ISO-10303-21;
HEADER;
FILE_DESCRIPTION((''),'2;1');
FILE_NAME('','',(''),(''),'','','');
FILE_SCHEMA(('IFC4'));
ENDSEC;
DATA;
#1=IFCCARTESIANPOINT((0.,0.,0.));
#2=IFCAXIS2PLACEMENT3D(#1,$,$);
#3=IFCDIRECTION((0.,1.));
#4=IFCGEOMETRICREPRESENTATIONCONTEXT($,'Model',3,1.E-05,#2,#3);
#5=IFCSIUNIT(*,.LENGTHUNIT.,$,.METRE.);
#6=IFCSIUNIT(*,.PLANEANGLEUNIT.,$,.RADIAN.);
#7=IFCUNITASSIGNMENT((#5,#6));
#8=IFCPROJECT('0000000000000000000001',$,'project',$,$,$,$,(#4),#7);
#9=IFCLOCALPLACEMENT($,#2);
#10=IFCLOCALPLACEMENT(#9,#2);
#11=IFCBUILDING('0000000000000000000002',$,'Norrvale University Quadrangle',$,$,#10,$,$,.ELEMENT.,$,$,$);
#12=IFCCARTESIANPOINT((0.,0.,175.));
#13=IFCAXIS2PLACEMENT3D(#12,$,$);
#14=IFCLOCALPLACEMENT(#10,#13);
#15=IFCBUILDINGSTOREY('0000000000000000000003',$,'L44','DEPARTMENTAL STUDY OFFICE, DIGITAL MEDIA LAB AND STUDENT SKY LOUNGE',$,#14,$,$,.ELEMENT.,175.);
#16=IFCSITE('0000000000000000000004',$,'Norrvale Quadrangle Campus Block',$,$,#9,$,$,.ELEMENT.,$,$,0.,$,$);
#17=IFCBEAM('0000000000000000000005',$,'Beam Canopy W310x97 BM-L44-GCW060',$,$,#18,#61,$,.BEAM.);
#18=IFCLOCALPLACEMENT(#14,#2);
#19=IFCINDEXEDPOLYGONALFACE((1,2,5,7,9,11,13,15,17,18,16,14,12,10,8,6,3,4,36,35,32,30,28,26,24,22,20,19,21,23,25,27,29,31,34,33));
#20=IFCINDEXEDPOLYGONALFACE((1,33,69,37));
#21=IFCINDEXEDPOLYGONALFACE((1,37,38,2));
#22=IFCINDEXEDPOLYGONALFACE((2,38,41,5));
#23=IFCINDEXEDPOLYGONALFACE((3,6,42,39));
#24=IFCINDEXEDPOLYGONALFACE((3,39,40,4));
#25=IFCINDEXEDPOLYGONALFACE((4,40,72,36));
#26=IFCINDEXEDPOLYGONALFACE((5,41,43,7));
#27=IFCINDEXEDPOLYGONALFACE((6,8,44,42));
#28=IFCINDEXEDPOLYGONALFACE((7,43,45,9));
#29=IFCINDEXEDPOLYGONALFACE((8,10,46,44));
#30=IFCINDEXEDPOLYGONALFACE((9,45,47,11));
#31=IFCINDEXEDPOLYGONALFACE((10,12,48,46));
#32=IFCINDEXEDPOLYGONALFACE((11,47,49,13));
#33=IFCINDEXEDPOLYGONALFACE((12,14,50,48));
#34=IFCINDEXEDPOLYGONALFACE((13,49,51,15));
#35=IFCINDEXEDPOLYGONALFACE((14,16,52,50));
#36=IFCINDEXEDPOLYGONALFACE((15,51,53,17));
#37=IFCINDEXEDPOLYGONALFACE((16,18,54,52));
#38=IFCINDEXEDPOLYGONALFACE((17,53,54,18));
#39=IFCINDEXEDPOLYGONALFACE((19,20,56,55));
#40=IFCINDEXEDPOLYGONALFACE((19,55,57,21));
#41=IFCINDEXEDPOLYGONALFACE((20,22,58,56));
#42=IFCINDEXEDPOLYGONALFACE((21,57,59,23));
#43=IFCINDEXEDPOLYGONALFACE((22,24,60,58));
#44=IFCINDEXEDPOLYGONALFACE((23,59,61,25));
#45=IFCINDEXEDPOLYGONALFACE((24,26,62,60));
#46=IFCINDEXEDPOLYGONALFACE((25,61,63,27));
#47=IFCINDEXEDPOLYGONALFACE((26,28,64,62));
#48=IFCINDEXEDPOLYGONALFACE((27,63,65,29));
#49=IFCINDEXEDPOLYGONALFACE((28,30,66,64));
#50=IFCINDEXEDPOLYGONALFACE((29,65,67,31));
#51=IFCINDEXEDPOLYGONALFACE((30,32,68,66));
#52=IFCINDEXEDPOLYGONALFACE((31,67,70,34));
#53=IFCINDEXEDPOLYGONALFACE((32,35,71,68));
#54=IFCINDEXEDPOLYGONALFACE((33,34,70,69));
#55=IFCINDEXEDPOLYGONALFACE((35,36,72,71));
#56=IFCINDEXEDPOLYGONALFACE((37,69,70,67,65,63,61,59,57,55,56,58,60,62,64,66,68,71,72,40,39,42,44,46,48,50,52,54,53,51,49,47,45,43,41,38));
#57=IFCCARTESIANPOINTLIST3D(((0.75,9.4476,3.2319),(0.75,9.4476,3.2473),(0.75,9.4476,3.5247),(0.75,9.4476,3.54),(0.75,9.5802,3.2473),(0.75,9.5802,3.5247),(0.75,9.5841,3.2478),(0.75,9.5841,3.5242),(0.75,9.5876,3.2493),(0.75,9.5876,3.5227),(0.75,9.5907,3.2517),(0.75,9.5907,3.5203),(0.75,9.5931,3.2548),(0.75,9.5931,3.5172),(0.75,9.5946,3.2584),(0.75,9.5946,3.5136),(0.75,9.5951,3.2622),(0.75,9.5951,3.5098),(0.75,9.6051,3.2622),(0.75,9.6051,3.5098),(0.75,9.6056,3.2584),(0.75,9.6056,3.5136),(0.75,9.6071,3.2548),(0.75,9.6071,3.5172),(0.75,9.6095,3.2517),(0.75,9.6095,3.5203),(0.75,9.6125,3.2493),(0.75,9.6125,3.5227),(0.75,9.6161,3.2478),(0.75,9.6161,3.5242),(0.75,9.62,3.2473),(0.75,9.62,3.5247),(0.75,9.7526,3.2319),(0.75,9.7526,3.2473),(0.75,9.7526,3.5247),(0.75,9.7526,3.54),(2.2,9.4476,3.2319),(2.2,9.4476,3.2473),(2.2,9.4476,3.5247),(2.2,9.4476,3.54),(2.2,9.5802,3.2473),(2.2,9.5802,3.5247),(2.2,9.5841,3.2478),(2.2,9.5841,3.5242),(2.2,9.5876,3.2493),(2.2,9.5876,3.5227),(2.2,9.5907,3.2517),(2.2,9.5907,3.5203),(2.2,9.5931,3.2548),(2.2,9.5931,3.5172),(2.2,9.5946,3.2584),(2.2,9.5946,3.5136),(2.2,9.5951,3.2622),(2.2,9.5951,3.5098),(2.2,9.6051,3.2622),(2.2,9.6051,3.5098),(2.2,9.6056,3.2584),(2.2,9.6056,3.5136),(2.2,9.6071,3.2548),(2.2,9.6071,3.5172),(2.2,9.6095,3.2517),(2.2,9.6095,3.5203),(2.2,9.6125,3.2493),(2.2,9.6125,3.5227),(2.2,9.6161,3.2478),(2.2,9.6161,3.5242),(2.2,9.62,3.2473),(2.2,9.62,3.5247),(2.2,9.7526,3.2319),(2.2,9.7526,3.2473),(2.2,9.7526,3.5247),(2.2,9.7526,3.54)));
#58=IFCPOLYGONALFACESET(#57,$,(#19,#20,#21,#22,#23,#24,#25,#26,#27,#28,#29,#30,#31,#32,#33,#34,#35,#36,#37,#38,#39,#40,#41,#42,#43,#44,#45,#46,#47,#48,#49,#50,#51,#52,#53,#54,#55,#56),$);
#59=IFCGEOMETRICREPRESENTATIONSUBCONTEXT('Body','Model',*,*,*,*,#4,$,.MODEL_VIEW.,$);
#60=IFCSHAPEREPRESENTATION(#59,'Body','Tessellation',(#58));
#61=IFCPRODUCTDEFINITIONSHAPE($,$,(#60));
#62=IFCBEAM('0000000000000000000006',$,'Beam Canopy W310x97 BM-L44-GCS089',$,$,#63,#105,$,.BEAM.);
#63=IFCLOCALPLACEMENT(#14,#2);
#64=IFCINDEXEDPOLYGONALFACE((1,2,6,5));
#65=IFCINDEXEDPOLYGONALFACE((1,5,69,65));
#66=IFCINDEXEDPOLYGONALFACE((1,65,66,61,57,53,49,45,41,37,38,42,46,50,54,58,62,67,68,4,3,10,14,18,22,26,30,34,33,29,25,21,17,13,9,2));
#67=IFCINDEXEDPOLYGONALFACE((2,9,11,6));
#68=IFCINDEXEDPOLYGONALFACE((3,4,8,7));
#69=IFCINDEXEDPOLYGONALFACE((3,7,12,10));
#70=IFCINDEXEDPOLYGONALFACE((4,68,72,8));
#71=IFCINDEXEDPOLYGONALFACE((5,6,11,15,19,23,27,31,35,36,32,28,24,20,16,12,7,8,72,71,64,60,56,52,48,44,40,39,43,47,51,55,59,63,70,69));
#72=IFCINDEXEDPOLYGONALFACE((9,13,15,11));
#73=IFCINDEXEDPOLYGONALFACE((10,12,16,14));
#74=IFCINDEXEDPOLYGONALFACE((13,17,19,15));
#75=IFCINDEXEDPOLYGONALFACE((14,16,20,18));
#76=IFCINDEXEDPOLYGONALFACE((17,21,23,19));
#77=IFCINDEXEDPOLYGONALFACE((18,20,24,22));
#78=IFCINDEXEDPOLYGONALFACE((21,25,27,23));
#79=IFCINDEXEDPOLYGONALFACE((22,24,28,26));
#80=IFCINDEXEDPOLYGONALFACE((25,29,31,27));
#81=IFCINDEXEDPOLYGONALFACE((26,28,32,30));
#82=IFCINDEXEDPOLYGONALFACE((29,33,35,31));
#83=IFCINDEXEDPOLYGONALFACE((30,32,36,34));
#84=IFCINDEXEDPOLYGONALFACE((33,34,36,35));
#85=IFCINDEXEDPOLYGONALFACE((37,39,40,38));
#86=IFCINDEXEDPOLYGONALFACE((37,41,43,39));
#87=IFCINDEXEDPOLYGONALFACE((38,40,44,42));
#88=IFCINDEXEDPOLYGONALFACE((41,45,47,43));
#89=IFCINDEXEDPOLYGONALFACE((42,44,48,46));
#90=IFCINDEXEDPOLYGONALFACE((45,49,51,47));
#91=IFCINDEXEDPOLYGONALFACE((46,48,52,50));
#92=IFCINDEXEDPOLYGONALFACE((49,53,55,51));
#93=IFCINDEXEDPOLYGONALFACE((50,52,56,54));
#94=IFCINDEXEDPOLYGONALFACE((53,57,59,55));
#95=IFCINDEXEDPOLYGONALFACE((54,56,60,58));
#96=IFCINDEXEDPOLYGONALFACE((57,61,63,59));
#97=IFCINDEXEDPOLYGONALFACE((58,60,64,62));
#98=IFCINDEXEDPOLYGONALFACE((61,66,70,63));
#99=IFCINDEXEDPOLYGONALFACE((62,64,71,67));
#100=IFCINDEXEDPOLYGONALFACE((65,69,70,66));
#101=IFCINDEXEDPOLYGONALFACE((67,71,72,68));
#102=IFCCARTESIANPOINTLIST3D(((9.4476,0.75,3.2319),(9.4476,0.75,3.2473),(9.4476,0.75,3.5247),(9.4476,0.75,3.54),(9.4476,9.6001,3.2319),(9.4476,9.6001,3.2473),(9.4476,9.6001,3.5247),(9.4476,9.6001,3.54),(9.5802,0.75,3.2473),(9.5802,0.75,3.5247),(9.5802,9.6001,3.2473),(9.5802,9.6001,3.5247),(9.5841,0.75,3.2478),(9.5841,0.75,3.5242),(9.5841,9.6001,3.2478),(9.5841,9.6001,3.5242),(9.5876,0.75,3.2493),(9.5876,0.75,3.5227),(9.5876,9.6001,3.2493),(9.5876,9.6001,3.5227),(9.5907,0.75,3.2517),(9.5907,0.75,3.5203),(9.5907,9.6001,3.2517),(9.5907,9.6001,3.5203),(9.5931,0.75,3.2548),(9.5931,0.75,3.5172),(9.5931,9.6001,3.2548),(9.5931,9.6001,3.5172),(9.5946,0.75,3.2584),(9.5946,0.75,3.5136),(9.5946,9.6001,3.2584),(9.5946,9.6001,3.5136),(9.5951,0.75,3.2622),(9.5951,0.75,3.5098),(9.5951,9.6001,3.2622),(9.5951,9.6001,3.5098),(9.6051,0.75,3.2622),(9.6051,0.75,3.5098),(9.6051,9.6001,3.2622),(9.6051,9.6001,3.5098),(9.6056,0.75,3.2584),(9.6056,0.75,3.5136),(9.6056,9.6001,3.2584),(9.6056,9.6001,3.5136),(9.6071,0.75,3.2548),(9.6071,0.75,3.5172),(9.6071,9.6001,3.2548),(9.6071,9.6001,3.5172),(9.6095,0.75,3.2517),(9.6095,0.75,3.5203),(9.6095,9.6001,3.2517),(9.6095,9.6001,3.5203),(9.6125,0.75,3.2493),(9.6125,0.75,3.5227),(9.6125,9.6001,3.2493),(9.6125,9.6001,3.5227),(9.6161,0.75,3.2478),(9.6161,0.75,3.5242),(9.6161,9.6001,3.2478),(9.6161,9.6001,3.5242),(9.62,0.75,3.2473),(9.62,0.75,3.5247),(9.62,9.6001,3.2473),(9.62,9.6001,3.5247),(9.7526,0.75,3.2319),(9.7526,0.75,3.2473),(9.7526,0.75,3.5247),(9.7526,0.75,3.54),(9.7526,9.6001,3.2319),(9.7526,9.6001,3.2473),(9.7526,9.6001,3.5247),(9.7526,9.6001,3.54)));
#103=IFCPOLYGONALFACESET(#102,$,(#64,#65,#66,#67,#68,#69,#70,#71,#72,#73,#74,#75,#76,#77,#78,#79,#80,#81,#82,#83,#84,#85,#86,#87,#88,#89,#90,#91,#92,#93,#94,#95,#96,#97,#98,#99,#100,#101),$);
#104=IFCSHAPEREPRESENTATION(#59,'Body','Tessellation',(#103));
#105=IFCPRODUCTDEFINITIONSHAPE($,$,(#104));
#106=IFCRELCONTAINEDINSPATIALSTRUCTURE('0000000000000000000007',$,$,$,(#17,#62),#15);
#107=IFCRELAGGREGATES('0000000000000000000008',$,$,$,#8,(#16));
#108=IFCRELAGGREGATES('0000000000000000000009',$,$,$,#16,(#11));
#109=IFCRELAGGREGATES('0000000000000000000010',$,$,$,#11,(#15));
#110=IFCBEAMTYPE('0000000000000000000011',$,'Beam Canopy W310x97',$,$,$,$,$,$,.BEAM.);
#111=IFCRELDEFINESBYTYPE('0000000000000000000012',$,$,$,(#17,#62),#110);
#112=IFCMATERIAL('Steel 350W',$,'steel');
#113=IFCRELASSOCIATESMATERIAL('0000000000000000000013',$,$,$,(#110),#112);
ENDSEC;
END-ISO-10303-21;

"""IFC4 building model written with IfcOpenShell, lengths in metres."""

from ifc_helpers import new_model, si_unit, direction, frame, origin, origin_2d, place, context, subcontext, project, spatial, i_section, extrude, material, material_profile, profile_set, type_object, element, save


model = new_model("IFC4")

# Units and contexts
model_context = context("Model", 3, precision=1e-05, world=origin(), true_north=direction((0.0, 1.0)))
body_context = subcontext(model_context, "Body", "Model", "MODEL_VIEW")
ifc_project = project(units=[si_unit("LENGTHUNIT", "METRE"), si_unit("PLANEANGLEUNIT", "RADIAN")], contexts=[model_context])

# Site, building, storey
site_placement = place(None, origin())
site = spatial("IfcSite", under=ifc_project, at=site_placement, Name="Norrvale Quadrangle Campus Block", CompositionType="ELEMENT", RefElevation=0.0)
building_placement = place(site_placement, origin())
building = spatial("IfcBuilding", under=site, at=building_placement, Name="Norrvale University Quadrangle", CompositionType="ELEMENT")
storey_placement = place(building_placement, frame((0.0, 0.0, 175.0)))
storey = spatial("IfcBuildingStorey", under=building, at=storey_placement, Name="L44", Description="DEPARTMENTAL STUDY OFFICE, DIGITAL MEDIA LAB AND STUDENT SKY LOUNGE", CompositionType="ELEMENT", Elevation=175.0)

# Beams
ifc_material_1 = material(Name="Steel 350W", Category="steel")
ifc_material_profile_1 = material_profile(ifc_material_1, i_section(OverallWidth=0.3049, OverallDepth=0.3081, WebThickness=0.01, FlangeThickness=0.0154, FilletRadius=0.0149, at=origin_2d()), Name="Steel 350W")
ifc_profile_set_1 = profile_set([ifc_material_profile_1], Name="Steel 350W")
beam_type_1 = type_object("IfcBeamType", Name="Beam Canopy W310x97", PredefinedType="BEAM", material=ifc_profile_set_1)
beam_1_placement = place(storey_placement, frame((0.75, 9.6001, 3.386), z_axis=(1.0, 0.0, 0.0), x_axis=(0.0, 1.0, 0.0)))
element("IfcBeam", 1, at=beam_1_placement, inside=storey, type_object=beam_type_1, Name="Beam Canopy W310x97 BM-L44-GCW060", PredefinedType="BEAM", context=body_context, shape_type="SweptSolid", body=[
    extrude(i_section(OverallWidth=0.3049, OverallDepth=0.3081, WebThickness=0.01, FlangeThickness=0.0154, FilletRadius=0.0149, at=origin_2d()), origin(), (0.0, 0.0, 1.0), 1.45),
])
beam_2_placement = place(storey_placement, frame((9.6001, 0.75, 3.386), z_axis=(0.0, 1.0, 0.0), x_axis=(-1.0, 0.0, 0.0)))
element("IfcBeam", 2, at=beam_2_placement, inside=storey, type_object=beam_type_1, Name="Beam Canopy W310x97 BM-L44-GCS089", PredefinedType="BEAM", context=body_context, shape_type="SweptSolid", body=[
    extrude(i_section(OverallWidth=0.3049, OverallDepth=0.3081, WebThickness=0.01, FlangeThickness=0.0154, FilletRadius=0.0149, at=origin_2d()), origin(), (0.0, 0.0, 1.0), 8.8501),
])

save(model, "model.ifc")
